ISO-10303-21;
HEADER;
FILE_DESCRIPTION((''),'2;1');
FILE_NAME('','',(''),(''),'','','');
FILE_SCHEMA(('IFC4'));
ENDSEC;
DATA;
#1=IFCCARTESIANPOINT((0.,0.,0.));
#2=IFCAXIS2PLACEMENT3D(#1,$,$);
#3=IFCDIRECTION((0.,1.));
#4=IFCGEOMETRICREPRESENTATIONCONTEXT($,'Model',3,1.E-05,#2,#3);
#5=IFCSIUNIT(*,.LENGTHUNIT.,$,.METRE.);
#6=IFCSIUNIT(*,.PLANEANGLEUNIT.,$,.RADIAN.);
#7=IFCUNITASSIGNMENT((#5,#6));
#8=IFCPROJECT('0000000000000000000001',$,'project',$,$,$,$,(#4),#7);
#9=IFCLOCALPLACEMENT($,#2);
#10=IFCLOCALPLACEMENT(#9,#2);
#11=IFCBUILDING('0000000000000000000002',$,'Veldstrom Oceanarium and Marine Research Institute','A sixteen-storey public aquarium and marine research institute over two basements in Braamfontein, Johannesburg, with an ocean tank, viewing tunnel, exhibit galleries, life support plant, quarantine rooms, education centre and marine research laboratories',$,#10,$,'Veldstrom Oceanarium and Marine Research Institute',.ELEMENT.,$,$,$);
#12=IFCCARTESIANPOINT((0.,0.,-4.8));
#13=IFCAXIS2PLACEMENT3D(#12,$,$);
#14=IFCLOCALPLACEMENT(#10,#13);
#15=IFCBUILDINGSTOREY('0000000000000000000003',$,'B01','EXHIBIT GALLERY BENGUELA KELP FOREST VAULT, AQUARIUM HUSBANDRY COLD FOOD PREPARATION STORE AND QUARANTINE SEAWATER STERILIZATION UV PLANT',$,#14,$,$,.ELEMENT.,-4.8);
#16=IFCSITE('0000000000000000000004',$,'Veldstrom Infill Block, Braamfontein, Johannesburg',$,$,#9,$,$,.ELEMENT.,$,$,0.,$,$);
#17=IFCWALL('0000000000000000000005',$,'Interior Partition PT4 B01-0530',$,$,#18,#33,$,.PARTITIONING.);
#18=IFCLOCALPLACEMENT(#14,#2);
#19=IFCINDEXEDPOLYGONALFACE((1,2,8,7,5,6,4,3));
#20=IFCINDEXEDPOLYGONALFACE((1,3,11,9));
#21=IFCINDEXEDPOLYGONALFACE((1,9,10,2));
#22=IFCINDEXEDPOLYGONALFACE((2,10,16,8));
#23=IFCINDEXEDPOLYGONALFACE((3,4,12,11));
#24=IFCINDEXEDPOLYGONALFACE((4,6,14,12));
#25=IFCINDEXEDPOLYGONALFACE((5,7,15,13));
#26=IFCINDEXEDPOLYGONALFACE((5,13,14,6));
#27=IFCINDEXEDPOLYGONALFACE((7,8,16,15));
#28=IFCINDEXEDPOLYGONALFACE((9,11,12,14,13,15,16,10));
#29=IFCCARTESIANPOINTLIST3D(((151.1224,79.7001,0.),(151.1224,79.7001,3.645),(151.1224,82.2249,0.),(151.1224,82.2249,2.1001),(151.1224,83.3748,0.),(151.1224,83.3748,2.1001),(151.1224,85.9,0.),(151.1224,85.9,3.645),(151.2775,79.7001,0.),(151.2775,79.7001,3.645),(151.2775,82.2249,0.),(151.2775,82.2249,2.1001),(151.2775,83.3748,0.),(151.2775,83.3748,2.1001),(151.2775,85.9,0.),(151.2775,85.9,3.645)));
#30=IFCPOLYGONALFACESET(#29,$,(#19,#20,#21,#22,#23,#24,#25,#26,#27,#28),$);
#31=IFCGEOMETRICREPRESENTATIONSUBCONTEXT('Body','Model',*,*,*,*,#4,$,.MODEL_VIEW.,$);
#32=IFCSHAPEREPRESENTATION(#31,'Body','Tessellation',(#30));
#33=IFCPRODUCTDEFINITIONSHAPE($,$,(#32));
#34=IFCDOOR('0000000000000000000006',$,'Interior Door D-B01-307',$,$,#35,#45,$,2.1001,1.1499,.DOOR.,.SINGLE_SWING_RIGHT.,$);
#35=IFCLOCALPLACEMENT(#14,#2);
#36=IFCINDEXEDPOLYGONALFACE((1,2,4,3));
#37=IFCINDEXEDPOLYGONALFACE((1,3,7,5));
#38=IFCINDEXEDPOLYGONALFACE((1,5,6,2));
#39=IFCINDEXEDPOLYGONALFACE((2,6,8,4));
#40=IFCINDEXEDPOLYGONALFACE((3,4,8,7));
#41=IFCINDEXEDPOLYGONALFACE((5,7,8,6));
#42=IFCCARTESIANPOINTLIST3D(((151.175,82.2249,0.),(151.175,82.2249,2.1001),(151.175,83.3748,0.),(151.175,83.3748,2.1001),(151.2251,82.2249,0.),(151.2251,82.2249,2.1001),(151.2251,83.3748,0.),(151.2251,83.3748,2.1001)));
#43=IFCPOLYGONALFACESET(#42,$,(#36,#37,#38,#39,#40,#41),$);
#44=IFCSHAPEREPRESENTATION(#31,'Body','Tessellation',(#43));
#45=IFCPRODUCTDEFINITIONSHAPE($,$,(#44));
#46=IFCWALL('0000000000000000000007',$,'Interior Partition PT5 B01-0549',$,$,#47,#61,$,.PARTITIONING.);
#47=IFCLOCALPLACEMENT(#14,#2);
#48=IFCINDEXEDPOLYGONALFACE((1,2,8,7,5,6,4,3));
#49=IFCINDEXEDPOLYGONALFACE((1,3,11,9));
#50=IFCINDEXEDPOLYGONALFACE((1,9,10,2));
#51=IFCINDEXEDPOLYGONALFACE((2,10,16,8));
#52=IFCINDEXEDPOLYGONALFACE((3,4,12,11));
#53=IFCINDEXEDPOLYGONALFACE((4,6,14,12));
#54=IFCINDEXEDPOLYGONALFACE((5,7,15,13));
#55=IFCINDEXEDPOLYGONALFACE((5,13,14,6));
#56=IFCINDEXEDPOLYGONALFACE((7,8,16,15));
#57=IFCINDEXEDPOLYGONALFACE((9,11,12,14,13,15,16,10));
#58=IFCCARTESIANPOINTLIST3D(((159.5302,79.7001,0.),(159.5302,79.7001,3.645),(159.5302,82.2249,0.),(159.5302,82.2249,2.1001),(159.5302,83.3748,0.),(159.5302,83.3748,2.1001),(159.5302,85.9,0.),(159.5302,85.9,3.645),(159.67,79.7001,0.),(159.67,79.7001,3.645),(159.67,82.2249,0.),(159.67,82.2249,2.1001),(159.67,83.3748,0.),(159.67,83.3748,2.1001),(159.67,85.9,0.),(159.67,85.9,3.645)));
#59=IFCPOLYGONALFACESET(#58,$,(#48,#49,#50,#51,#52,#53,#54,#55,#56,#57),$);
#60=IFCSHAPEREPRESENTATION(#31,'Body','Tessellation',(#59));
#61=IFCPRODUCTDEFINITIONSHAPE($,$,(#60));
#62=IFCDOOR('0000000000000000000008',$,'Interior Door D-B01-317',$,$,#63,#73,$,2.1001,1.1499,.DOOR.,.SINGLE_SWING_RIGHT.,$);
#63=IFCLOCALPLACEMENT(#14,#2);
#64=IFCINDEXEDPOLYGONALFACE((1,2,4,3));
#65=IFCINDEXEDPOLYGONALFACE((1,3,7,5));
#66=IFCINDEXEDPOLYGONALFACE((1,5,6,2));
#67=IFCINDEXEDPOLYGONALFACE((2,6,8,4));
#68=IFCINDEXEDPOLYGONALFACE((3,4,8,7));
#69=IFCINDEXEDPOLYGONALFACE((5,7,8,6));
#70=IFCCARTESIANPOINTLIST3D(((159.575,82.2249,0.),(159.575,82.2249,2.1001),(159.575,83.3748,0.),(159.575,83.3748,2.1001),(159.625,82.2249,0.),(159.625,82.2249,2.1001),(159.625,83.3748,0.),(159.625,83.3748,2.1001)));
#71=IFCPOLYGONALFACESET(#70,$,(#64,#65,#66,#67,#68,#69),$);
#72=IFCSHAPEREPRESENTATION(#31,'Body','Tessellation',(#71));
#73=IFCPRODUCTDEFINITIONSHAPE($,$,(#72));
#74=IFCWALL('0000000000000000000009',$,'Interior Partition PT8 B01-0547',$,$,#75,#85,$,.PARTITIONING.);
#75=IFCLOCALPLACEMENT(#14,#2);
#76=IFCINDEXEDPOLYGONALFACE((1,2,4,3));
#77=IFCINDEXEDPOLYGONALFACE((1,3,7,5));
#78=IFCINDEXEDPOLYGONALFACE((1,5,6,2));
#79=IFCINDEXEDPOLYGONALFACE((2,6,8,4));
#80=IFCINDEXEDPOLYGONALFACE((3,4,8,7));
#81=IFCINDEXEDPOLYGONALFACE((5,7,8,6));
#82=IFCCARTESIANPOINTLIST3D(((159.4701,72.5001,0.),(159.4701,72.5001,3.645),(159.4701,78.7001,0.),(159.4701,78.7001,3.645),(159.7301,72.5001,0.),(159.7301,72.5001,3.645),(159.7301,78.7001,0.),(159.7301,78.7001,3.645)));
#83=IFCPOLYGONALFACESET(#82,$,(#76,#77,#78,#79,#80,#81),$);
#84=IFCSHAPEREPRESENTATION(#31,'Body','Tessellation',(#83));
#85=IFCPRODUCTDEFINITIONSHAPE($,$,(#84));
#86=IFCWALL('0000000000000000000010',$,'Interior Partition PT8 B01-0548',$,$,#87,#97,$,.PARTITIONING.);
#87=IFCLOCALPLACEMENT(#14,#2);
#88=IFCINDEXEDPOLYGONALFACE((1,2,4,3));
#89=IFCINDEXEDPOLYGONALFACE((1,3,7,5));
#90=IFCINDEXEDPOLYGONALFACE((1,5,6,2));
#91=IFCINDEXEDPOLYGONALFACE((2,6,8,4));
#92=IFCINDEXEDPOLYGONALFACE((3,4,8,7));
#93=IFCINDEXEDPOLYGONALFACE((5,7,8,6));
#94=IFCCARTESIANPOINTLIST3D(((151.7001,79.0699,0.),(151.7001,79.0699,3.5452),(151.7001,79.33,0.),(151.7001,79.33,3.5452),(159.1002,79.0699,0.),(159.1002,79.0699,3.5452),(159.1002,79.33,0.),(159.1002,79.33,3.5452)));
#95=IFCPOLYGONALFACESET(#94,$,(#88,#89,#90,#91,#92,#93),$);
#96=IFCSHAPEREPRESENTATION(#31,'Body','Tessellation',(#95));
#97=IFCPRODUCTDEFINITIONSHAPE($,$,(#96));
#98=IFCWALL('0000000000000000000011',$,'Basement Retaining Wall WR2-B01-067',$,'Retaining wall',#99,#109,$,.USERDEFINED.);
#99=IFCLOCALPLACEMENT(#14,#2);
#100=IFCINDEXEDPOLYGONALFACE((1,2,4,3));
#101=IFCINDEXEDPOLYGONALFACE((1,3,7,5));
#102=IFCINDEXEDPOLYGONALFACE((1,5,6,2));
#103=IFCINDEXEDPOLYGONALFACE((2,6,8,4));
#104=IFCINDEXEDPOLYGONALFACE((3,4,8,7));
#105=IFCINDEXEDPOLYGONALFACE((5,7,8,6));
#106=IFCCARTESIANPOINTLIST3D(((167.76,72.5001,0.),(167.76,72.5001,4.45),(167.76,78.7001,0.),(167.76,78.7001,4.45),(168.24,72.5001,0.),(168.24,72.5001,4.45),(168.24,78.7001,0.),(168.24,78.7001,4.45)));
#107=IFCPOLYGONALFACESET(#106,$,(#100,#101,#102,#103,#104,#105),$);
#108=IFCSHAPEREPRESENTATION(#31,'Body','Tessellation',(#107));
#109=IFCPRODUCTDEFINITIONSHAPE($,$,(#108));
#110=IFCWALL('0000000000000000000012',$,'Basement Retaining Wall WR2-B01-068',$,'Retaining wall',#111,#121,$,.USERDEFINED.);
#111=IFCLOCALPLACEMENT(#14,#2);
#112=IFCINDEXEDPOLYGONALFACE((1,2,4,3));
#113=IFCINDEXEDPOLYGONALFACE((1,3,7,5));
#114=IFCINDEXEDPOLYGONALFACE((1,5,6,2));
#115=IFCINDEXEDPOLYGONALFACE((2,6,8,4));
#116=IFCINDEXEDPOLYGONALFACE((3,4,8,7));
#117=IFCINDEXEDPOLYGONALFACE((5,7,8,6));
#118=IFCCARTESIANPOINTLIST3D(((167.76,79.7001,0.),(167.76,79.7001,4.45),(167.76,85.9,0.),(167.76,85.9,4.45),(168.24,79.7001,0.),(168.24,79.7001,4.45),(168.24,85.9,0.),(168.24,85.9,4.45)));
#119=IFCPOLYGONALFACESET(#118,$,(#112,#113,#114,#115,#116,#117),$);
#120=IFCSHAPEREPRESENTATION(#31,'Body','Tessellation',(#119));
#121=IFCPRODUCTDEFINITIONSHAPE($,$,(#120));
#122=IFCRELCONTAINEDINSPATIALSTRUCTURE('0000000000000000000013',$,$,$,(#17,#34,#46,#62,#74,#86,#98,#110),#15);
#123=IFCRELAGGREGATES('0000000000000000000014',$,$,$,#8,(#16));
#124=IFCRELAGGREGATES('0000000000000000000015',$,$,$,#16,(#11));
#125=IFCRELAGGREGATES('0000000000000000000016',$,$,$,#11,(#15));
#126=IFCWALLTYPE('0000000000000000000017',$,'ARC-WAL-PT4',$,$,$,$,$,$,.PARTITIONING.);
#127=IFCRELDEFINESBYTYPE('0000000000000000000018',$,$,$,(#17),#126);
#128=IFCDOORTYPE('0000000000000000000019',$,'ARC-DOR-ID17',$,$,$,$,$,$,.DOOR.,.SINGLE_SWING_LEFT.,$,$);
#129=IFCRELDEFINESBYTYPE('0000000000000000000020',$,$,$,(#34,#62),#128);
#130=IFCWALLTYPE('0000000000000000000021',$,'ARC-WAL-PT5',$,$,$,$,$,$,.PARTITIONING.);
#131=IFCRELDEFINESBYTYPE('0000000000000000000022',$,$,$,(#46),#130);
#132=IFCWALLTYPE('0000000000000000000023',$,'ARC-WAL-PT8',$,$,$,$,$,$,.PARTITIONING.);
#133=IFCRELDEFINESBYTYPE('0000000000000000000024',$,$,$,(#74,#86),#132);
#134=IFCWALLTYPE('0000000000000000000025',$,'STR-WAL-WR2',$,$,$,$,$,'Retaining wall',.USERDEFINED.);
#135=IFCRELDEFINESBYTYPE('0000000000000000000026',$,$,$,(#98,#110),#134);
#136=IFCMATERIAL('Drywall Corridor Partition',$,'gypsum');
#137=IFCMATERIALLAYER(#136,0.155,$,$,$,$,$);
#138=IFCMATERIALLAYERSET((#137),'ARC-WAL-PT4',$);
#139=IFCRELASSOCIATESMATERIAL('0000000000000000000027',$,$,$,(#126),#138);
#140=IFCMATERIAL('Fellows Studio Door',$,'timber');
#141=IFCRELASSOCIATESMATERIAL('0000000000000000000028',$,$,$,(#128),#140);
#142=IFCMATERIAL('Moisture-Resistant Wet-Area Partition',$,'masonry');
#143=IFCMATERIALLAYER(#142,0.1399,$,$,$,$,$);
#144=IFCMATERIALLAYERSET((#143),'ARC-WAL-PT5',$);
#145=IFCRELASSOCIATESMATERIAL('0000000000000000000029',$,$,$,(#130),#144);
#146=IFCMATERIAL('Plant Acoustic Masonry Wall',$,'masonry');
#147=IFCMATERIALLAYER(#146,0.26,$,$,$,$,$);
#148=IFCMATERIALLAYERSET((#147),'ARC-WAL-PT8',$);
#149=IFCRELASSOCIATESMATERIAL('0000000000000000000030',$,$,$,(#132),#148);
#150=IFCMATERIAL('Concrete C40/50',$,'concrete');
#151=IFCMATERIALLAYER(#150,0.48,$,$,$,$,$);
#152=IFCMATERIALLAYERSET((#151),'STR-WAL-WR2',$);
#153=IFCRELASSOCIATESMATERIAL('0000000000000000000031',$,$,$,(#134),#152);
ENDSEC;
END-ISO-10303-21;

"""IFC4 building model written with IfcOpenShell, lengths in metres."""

from ifc_helpers import new_model, si_unit, direction, frame, frame_2d, origin, place, context, subcontext, project, spatial, rectangle, extrude, material, layer, layer_set, type_object, element, fill, save


model = new_model("IFC4")

# Units and contexts
model_context = context("Model", 3, precision=1e-05, world=origin(), true_north=direction((0.0, 1.0)))
body_context = subcontext(model_context, "Body", "Model", "MODEL_VIEW")
ifc_project = project(units=[si_unit("LENGTHUNIT", "METRE"), si_unit("PLANEANGLEUNIT", "RADIAN")], contexts=[model_context])

# Site, building, storey
site_placement = place(None, origin())
site = spatial("IfcSite", under=ifc_project, at=site_placement, Name="Veldstrom Infill Block, Braamfontein, Johannesburg", CompositionType="ELEMENT", RefElevation=0.0)
building_placement = place(site_placement, origin())
building = spatial("IfcBuilding", under=site, at=building_placement, Name="Veldstrom Oceanarium and Marine Research Institute", Description="A sixteen-storey public aquarium and marine research institute over two basements in Braamfontein, Johannesburg, with an ocean tank, viewing tunnel, exhibit galleries, life support plant, quarantine rooms, education centre and marine research laboratories", LongName="Veldstrom Oceanarium and Marine Research Institute", CompositionType="ELEMENT")
storey_placement = place(building_placement, frame((0.0, 0.0, -4.8)))
storey = spatial("IfcBuildingStorey", under=building, at=storey_placement, Name="B01", Description="EXHIBIT GALLERY BENGUELA KELP FOREST VAULT, AQUARIUM HUSBANDRY COLD FOOD PREPARATION STORE AND QUARANTINE SEAWATER STERILIZATION UV PLANT", CompositionType="ELEMENT", Elevation=-4.8)

# Walls, openings, doors
ifc_material_1 = material(Name="Drywall Corridor Partition", Category="gypsum")
ifc_layer_1 = layer(ifc_material_1, 0.155)
ifc_layer_set_1 = layer_set([ifc_layer_1], Name="ARC-WAL-PT4")
wall_type_1 = type_object("IfcWallType", Name="ARC-WAL-PT4", PredefinedType="PARTITIONING", material=ifc_layer_set_1)
wall_1_placement = place(storey_placement, frame((151.2, 79.7, 0.0), z_axis=(0.0, 0.0, 1.0), x_axis=(0.0, 1.0, 0.0)))
wall_1 = element("IfcWall", 1, at=wall_1_placement, inside=storey, type_object=wall_type_1, Name="Interior Partition PT4 B01-0530", PredefinedType="PARTITIONING", context=body_context, shape_type="SweptSolid", body=[
    extrude(rectangle(XDim=6.2, YDim=0.155, at=frame_2d((3.1001, 0.0))), origin(), (0.0, 0.0, 1.0), 3.645),
])
opening_1_placement = place(wall_1_placement, frame((2.5249, 0.0, 0.0)))
opening_1 = element("IfcOpeningElement", 2, at=opening_1_placement, cuts=wall_1, PredefinedType="OPENING", context=body_context, shape_type="SweptSolid", body=[
    extrude(rectangle(XDim=1.1499, YDim=2.1001, at=frame_2d((0.575, 1.05))), frame((0.0, 0.0874, 0.0), z_axis=(0.0, -1.0, 0.0), x_axis=(1.0, 0.0, 0.0)), (0.0, 0.0, 1.0), 0.175),
])
ifc_material_2 = material(Name="Fellows Studio Door", Category="timber")
door_type = type_object("IfcDoorType", Name="ARC-DOR-ID17", OperationType="SINGLE_SWING_LEFT", PredefinedType="DOOR", material=ifc_material_2)
door_1_placement = place(opening_1_placement, origin())
door_1 = element("IfcDoor", 3, at=door_1_placement, inside=storey, type_object=door_type, Name="Interior Door D-B01-307", OperationType="SINGLE_SWING_RIGHT", OverallHeight=2.1001, OverallWidth=1.1499, PredefinedType="DOOR", context=body_context, shape_type="SweptSolid", body=[
    extrude(rectangle(XDim=1.1499, YDim=2.1001, at=frame_2d((0.575, 1.05))), frame((0.0, 0.0249, 0.0), z_axis=(0.0, -1.0, 0.0), x_axis=(1.0, 0.0, 0.0)), (0.0, 0.0, 1.0), 0.05),
])
fill(opening_1, door_1)
ifc_material_3 = material(Name="Moisture-Resistant Wet-Area Partition", Category="masonry")
ifc_layer_2 = layer(ifc_material_3, 0.1399)
ifc_layer_set_2 = layer_set([ifc_layer_2], Name="ARC-WAL-PT5")
wall_type_2 = type_object("IfcWallType", Name="ARC-WAL-PT5", PredefinedType="PARTITIONING", material=ifc_layer_set_2)
wall_2_placement = place(storey_placement, frame((159.6001, 79.7, 0.0), z_axis=(0.0, 0.0, 1.0), x_axis=(0.0, 1.0, 0.0)))
wall_2 = element("IfcWall", 4, at=wall_2_placement, inside=storey, type_object=wall_type_2, Name="Interior Partition PT5 B01-0549", PredefinedType="PARTITIONING", context=body_context, shape_type="SweptSolid", body=[
    extrude(rectangle(XDim=6.2, YDim=0.1399, at=frame_2d((3.1001, 0.0))), origin(), (0.0, 0.0, 1.0), 3.645),
])
opening_2_placement = place(wall_2_placement, frame((2.5249, 0.0, 0.0)))
opening_2 = element("IfcOpeningElement", 5, at=opening_2_placement, cuts=wall_2, PredefinedType="OPENING", context=body_context, shape_type="SweptSolid", body=[
    extrude(rectangle(XDim=1.1499, YDim=2.1001, at=frame_2d((0.575, 1.05))), frame((0.0, 0.0798, 0.0), z_axis=(0.0, -1.0, 0.0), x_axis=(1.0, 0.0, 0.0)), (0.0, 0.0, 1.0), 0.1599),
])
door_2_placement = place(opening_2_placement, frame((1.1499, 0.0, 0.0), z_axis=(0.0, 0.0, 1.0), x_axis=(-1.0, 0.0, 0.0)))
door_2 = element("IfcDoor", 6, at=door_2_placement, inside=storey, type_object=door_type, Name="Interior Door D-B01-317", OperationType="SINGLE_SWING_RIGHT", OverallHeight=2.1001, OverallWidth=1.1499, PredefinedType="DOOR", context=body_context, shape_type="SweptSolid", body=[
    extrude(rectangle(XDim=1.1499, YDim=2.1001, at=frame_2d((0.575, 1.05))), frame((0.0, 0.0249, 0.0), z_axis=(0.0, -1.0, 0.0), x_axis=(1.0, 0.0, 0.0)), (0.0, 0.0, 1.0), 0.05),
])
fill(opening_2, door_2)

# Walls
ifc_material_4 = material(Name="Plant Acoustic Masonry Wall", Category="masonry")
ifc_layer_3 = layer(ifc_material_4, 0.26)
ifc_layer_set_3 = layer_set([ifc_layer_3], Name="ARC-WAL-PT8")
wall_type_3 = type_object("IfcWallType", Name="ARC-WAL-PT8", PredefinedType="PARTITIONING", material=ifc_layer_set_3)
wall_3_placement = place(storey_placement, frame((159.6001, 72.5, 0.0), z_axis=(0.0, 0.0, 1.0), x_axis=(0.0, 1.0, 0.0)))
element("IfcWall", 7, at=wall_3_placement, inside=storey, type_object=wall_type_3, Name="Interior Partition PT8 B01-0547", PredefinedType="PARTITIONING", context=body_context, shape_type="SweptSolid", body=[
    extrude(rectangle(XDim=6.2, YDim=0.26, at=frame_2d((3.1001, 0.0))), origin(), (0.0, 0.0, 1.0), 3.645),
])
wall_4_placement = place(storey_placement, frame((151.7, 79.2, 0.0), z_axis=(0.0, 0.0, 1.0), x_axis=(1.0, 0.0, 0.0)))
element("IfcWall", 8, at=wall_4_placement, inside=storey, type_object=wall_type_3, Name="Interior Partition PT8 B01-0548", PredefinedType="PARTITIONING", context=body_context, shape_type="SweptSolid", body=[
    extrude(rectangle(XDim=7.4001, YDim=0.26, at=frame_2d((3.7002, 0.0))), origin(), (0.0, 0.0, 1.0), 3.5452),
])
ifc_material_5 = material(Name="Concrete C40/50", Category="concrete")
ifc_layer_4 = layer(ifc_material_5, 0.48)
ifc_layer_set_4 = layer_set([ifc_layer_4], Name="STR-WAL-WR2")
wall_type_4 = type_object("IfcWallType", Name="STR-WAL-WR2", ElementType="Retaining wall", PredefinedType="USERDEFINED", material=ifc_layer_set_4)
for number, where, z_axis, x_axis, name in (
    (9, (168.0, 72.5, 0.0), (0.0, 0.0, 1.0), (0.0, 1.0, 0.0), "Basement Retaining Wall WR2-B01-067"),
    (10, (168.0, 79.7, 0.0), (0.0, 0.0, 1.0), (0.0, 1.0, 0.0), "Basement Retaining Wall WR2-B01-068"),
):
    element("IfcWall", number, at=place(storey_placement, frame(where, z_axis=z_axis, x_axis=x_axis)), inside=storey, type_object=wall_type_4, Name=name, ObjectType="Retaining wall", PredefinedType="USERDEFINED", context=body_context, shape_type="SweptSolid", body=[
        extrude(rectangle(XDim=6.2, YDim=0.48, at=frame_2d((3.1001, 0.0))), origin(), (0.0, 0.0, 1.0), 4.45),
    ])

save(model, "model.ifc")
